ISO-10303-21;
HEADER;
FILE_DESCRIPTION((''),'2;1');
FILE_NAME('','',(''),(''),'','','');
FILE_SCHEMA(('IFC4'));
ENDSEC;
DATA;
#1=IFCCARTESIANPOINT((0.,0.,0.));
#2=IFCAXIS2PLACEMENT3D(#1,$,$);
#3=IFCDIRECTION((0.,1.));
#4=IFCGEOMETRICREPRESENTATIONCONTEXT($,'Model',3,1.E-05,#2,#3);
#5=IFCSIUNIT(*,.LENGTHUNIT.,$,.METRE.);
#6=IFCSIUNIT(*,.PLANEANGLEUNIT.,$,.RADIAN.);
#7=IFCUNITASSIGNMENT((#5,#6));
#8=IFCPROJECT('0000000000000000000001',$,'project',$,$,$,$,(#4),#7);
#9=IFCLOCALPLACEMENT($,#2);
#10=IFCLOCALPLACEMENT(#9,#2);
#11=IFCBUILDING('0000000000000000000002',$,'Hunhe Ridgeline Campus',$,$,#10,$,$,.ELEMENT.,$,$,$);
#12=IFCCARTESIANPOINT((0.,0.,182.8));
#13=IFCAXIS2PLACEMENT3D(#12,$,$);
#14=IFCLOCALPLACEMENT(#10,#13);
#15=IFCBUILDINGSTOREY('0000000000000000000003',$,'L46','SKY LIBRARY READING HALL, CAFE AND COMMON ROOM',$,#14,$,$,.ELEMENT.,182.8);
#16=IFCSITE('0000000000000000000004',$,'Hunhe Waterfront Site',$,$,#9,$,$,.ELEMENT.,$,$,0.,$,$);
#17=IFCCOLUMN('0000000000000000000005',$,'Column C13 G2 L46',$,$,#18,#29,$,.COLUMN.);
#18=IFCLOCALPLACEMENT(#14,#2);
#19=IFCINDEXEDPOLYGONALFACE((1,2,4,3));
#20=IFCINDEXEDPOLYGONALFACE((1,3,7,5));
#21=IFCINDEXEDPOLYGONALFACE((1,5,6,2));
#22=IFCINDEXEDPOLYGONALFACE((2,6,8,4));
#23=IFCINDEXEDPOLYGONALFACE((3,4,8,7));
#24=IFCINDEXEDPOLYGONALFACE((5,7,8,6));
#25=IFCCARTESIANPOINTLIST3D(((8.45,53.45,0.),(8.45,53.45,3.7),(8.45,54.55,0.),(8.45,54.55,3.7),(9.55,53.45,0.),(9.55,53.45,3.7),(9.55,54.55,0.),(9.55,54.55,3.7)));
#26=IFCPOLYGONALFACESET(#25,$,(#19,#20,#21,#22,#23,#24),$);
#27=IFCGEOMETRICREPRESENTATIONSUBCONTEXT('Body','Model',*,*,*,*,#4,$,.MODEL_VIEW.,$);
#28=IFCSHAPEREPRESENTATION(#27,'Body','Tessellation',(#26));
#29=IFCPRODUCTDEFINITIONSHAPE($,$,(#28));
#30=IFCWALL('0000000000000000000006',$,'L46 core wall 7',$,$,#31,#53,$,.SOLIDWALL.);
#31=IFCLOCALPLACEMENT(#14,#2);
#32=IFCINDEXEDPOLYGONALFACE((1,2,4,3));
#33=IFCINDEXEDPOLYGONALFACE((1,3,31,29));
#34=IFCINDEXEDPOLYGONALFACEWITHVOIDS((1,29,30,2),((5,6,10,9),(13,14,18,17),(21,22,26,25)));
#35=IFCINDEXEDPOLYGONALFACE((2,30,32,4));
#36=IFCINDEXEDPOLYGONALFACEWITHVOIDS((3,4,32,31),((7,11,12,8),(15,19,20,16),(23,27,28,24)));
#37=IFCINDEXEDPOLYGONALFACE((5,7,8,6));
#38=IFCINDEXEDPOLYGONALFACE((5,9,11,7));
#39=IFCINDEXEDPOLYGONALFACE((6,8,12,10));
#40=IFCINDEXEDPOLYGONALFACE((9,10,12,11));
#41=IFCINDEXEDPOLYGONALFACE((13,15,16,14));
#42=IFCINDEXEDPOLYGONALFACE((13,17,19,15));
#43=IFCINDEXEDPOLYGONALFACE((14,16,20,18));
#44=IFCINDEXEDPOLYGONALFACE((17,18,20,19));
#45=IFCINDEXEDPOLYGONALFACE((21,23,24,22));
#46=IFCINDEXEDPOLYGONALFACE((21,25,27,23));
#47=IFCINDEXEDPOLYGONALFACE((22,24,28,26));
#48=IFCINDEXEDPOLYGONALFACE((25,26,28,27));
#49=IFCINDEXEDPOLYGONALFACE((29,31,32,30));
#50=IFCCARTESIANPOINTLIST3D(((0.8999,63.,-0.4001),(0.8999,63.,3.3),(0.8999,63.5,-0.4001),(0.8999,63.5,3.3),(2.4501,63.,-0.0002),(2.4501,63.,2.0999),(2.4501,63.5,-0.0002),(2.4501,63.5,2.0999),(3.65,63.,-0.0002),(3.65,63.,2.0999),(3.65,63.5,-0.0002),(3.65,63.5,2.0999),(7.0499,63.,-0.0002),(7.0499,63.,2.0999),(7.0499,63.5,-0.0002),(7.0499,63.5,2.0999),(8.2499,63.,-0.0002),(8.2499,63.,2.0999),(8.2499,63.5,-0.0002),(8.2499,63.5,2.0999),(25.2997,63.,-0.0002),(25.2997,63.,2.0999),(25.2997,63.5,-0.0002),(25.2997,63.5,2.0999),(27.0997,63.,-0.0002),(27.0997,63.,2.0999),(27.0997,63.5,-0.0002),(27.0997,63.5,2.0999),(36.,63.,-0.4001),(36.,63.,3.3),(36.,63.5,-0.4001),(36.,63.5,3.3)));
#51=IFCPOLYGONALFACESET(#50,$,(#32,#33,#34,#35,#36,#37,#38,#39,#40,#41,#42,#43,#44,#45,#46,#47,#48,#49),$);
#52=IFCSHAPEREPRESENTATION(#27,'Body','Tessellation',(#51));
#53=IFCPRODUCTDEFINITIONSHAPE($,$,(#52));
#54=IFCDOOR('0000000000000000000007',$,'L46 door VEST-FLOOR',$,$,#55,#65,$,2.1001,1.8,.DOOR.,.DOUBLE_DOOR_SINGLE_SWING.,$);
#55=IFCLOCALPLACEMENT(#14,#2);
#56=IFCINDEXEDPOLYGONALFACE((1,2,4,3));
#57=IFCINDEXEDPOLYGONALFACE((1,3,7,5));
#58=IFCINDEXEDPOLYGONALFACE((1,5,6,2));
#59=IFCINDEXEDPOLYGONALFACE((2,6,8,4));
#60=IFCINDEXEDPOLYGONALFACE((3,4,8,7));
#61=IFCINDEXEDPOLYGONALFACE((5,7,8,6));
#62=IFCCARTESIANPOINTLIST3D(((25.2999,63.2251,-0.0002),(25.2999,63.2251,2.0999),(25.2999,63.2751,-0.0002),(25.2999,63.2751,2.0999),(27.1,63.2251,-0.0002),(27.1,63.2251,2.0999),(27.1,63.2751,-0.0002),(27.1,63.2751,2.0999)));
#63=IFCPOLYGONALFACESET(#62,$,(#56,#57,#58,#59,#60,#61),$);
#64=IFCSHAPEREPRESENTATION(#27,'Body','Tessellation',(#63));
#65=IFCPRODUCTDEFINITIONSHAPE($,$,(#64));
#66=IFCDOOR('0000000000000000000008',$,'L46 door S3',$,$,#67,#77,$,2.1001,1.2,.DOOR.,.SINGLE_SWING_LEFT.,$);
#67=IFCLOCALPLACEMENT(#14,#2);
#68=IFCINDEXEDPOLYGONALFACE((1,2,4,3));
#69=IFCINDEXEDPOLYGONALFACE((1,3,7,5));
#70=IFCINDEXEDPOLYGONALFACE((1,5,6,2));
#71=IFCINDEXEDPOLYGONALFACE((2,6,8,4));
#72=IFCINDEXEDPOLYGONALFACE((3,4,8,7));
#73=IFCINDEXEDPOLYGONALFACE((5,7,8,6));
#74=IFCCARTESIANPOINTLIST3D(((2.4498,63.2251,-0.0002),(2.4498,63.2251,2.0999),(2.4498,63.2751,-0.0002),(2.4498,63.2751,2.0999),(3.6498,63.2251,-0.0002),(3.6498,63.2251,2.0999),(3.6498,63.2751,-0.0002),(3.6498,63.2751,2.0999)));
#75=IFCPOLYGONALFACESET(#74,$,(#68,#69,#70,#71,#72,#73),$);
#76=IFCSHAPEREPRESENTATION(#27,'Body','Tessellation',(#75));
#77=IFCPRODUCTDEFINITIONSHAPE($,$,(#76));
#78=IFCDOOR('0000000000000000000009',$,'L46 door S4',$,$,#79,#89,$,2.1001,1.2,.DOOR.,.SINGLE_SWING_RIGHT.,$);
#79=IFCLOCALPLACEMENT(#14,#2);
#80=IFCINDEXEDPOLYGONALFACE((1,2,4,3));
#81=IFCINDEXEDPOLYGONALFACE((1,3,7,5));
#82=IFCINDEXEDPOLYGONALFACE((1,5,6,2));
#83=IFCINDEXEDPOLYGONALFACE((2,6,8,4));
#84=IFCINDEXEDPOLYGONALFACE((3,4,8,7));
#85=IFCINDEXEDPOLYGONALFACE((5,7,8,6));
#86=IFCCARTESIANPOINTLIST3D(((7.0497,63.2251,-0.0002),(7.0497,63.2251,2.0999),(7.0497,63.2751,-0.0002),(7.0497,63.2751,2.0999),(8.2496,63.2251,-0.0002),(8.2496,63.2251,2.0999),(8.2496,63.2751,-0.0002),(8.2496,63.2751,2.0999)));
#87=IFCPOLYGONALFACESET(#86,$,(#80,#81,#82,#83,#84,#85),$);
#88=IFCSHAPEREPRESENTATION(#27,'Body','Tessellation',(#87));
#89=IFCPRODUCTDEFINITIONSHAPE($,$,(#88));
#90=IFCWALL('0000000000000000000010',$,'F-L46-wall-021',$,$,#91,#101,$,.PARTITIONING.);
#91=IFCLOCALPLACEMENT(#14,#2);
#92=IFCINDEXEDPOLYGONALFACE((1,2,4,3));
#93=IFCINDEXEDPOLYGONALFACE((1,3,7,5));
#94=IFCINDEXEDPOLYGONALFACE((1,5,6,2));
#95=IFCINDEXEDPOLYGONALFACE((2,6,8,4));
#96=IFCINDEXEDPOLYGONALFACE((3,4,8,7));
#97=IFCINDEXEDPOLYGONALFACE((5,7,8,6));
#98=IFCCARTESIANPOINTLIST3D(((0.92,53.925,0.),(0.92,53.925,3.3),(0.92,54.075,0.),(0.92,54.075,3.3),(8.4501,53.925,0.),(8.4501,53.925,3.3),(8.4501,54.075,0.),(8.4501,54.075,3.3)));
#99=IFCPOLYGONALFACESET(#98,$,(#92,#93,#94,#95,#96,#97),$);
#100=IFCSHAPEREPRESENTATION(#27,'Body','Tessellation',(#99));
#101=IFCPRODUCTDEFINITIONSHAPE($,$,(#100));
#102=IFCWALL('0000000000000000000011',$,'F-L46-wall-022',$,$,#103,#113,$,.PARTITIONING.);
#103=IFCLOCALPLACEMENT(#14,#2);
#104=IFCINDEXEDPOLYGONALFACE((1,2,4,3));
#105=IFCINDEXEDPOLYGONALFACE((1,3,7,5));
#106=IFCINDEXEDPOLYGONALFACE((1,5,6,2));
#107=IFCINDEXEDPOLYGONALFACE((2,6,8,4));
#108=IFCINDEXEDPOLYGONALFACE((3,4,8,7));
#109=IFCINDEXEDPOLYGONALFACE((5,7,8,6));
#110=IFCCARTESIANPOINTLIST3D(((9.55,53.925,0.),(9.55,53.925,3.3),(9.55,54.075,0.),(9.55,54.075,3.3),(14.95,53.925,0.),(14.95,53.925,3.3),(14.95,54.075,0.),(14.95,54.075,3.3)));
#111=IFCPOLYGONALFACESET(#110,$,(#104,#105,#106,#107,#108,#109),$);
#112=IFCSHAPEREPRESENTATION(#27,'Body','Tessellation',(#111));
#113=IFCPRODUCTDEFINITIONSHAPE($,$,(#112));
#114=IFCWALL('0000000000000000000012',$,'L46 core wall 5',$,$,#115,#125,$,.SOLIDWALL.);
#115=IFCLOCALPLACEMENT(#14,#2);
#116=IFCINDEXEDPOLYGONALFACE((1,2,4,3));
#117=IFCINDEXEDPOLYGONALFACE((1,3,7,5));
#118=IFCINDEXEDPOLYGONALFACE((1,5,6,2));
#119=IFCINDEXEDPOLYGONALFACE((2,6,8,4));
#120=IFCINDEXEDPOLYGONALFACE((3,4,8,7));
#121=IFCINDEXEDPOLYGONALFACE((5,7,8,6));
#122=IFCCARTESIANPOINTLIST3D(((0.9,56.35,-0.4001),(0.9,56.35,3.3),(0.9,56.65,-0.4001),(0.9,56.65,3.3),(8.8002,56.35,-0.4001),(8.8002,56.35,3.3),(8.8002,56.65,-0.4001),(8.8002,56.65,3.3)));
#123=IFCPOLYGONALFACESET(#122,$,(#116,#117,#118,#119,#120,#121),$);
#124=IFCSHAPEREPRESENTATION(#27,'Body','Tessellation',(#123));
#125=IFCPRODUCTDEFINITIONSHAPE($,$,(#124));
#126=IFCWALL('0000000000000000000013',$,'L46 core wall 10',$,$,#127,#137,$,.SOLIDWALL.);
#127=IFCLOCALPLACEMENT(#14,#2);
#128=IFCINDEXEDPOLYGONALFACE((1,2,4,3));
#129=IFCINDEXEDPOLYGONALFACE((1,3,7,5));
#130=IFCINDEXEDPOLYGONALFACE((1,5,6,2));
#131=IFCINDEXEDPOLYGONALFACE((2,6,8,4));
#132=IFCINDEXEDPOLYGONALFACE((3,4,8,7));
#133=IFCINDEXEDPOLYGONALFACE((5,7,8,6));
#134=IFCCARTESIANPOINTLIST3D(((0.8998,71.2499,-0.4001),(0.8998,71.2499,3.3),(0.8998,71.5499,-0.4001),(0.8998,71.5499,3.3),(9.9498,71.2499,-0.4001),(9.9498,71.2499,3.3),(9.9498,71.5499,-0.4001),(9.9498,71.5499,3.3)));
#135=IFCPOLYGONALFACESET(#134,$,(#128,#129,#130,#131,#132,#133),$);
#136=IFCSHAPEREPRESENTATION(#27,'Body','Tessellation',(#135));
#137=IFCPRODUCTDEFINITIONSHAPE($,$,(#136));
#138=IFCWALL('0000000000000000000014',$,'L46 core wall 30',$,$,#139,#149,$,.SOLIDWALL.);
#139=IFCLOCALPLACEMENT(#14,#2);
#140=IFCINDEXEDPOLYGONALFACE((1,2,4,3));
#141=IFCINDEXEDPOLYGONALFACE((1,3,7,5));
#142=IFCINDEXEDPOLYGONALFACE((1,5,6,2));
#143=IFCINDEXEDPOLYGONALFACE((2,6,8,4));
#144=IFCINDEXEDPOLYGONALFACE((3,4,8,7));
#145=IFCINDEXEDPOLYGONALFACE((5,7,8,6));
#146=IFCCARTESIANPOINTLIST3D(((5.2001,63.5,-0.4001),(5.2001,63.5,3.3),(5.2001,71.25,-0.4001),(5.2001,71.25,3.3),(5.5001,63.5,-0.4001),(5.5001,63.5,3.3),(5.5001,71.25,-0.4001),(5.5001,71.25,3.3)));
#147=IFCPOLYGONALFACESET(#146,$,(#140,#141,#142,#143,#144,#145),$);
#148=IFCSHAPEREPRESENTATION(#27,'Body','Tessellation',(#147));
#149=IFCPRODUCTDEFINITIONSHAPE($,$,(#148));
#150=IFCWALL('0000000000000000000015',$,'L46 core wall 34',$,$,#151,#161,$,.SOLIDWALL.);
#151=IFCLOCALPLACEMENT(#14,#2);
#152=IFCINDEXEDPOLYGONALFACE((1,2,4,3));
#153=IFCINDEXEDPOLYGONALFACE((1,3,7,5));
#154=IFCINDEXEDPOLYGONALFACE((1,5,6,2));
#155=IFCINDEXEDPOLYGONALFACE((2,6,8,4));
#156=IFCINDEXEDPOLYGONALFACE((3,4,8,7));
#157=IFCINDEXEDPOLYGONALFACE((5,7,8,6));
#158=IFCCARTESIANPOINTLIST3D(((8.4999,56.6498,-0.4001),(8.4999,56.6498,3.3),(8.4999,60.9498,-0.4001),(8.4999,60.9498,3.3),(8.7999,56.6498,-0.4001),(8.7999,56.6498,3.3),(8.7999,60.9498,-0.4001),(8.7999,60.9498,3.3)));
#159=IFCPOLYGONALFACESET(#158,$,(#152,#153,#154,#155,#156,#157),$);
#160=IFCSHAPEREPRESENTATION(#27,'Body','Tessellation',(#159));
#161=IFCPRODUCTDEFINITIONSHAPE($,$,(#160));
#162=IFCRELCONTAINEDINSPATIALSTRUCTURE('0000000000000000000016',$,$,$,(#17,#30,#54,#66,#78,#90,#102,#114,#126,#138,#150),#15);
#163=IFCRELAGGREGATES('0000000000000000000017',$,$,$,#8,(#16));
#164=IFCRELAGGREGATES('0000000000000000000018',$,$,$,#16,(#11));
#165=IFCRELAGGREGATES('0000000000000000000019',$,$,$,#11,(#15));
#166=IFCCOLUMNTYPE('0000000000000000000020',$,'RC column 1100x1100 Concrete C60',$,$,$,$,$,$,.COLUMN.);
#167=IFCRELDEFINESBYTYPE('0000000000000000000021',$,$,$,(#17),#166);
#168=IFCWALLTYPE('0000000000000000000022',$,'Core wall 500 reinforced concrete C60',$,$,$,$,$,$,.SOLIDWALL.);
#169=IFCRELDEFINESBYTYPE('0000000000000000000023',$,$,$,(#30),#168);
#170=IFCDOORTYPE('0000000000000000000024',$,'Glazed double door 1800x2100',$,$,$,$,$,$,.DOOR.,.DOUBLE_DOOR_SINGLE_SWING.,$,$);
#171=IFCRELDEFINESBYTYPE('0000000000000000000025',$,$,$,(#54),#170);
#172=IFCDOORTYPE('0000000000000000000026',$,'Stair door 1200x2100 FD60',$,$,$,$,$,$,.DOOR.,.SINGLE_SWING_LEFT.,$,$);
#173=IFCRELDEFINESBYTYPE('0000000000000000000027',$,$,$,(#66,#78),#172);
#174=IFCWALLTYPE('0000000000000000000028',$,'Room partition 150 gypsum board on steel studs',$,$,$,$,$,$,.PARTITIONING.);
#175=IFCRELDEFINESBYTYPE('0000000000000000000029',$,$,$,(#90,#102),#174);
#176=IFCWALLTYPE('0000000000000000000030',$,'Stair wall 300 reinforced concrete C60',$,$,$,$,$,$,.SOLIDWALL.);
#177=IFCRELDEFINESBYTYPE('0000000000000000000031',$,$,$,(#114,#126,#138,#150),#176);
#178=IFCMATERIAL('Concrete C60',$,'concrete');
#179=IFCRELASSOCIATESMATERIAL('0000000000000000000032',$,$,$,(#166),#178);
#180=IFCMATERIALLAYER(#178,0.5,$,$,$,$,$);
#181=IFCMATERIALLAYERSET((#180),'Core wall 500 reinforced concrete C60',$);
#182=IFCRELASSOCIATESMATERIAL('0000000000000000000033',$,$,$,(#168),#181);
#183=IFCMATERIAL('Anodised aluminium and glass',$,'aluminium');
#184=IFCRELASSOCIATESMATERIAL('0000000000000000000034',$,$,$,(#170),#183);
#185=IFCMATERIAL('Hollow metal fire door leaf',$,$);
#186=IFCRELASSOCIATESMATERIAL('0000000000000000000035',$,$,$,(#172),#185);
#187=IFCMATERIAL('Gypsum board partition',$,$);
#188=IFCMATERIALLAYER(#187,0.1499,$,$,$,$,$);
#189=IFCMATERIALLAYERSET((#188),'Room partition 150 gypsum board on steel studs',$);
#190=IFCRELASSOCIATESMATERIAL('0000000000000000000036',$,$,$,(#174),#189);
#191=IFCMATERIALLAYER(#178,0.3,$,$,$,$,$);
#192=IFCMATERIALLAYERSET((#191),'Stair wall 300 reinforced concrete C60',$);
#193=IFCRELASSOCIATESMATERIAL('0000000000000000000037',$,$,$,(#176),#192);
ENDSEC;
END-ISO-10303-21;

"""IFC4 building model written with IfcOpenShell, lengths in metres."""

from ifc_helpers import new_model, si_unit, direction, frame, frame_2d, origin, origin_2d, place, context, subcontext, project, spatial, rectangle, extrude, material, layer, layer_set, material_profile, profile_set, type_object, element, fill, save


model = new_model("IFC4")

# Units and contexts
model_context = context("Model", 3, precision=1e-05, world=origin(), true_north=direction((0.0, 1.0)))
body_context = subcontext(model_context, "Body", "Model", "MODEL_VIEW")
ifc_project = project(units=[si_unit("LENGTHUNIT", "METRE"), si_unit("PLANEANGLEUNIT", "RADIAN")], contexts=[model_context])

# Site, building, storey
site_placement = place(None, origin())
site = spatial("IfcSite", under=ifc_project, at=site_placement, Name="Hunhe Waterfront Site", CompositionType="ELEMENT", RefElevation=0.0)
building_placement = place(site_placement, origin())
building = spatial("IfcBuilding", under=site, at=building_placement, Name="Hunhe Ridgeline Campus", CompositionType="ELEMENT")
storey_placement = place(building_placement, frame((0.0, 0.0, 182.8)))
storey = spatial("IfcBuildingStorey", under=building, at=storey_placement, Name="L46", Description="SKY LIBRARY READING HALL, CAFE AND COMMON ROOM", CompositionType="ELEMENT", Elevation=182.8)

# Column
ifc_material_1 = material(Name="Concrete C60", Category="concrete")
ifc_material_profile = material_profile(ifc_material_1, rectangle(XDim=1.1001, YDim=1.1001, at=origin_2d()))
ifc_profile_set = profile_set([ifc_material_profile], Name="Concrete C60")
column_type = type_object("IfcColumnType", Name="RC column 1100x1100 Concrete C60", PredefinedType="COLUMN", material=ifc_profile_set)
column_placement = place(storey_placement, frame((9.0, 54.0, 0.0), z_axis=(0.0, 0.0, 1.0), x_axis=(1.0, 0.0, 0.0)))
element("IfcColumn", 1, at=column_placement, inside=storey, type_object=column_type, Name="Column C13 G2 L46", PredefinedType="COLUMN", context=body_context, shape_type="SweptSolid", body=[
    extrude(rectangle(XDim=1.1001, YDim=1.1001, at=origin_2d()), origin(), (0.0, 0.0, 1.0), 3.7),
])

# Wall, openings, doors
ifc_layer_1 = layer(ifc_material_1, 0.5)
ifc_layer_set_1 = layer_set([ifc_layer_1], Name="Core wall 500 reinforced concrete C60")
wall_type_1 = type_object("IfcWallType", Name="Core wall 500 reinforced concrete C60", PredefinedType="SOLIDWALL", material=ifc_layer_set_1)
wall_1_placement = place(storey_placement, frame((0.8999, 63.25, -0.4001), z_axis=(0.0, 0.0, 1.0), x_axis=(1.0, 0.0, 0.0)))
wall_1 = element("IfcWall", 2, at=wall_1_placement, inside=storey, type_object=wall_type_1, Name="L46 core wall 7", PredefinedType="SOLIDWALL", context=body_context, shape_type="SweptSolid", body=[
    extrude(rectangle(XDim=35.1001, YDim=0.5, at=frame_2d((17.55, 0.0))), origin(), (0.0, 0.0, 1.0), 3.7002),
])
opening_1_placement = place(wall_1_placement, frame((24.3999, 0.0, 0.3999)))
opening_1 = element("IfcOpeningElement", 3, at=opening_1_placement, cuts=wall_1, PredefinedType="OPENING", context=body_context, shape_type="SweptSolid", body=[
    extrude(rectangle(XDim=1.8, YDim=2.1001, at=frame_2d((0.8999, 1.05))), frame((0.0, 0.25, 0.0), z_axis=(0.0, -1.0, 0.0), x_axis=(1.0, 0.0, 0.0)), (0.0, 0.0, 1.0), 0.5),
])
opening_2_placement = place(wall_1_placement, frame((1.55, 0.0, 0.3999)))
opening_2 = element("IfcOpeningElement", 4, at=opening_2_placement, cuts=wall_1, PredefinedType="OPENING", context=body_context, shape_type="SweptSolid", body=[
    extrude(rectangle(XDim=1.2, YDim=2.1001, at=frame_2d((0.6001, 1.05))), frame((0.0, 0.25, 0.0), z_axis=(0.0, -1.0, 0.0), x_axis=(1.0, 0.0, 0.0)), (0.0, 0.0, 1.0), 0.5),
])
opening_3_placement = place(wall_1_placement, frame((6.1499, 0.0, 0.3999)))
opening_3 = element("IfcOpeningElement", 5, at=opening_3_placement, cuts=wall_1, PredefinedType="OPENING", context=body_context, shape_type="SweptSolid", body=[
    extrude(rectangle(XDim=1.2, YDim=2.1001, at=frame_2d((0.6001, 1.05))), frame((0.0, 0.25, 0.0), z_axis=(0.0, -1.0, 0.0), x_axis=(1.0, 0.0, 0.0)), (0.0, 0.0, 1.0), 0.5),
])
ifc_material_2 = material(Name="Anodised aluminium and glass", Category="aluminium")
door_type_1 = type_object("IfcDoorType", Name="Glazed double door 1800x2100", OperationType="DOUBLE_DOOR_SINGLE_SWING", PredefinedType="DOOR", material=ifc_material_2)
door_1_placement = place(opening_1_placement, frame((1.8, 0.0, 0.0), z_axis=(0.0, 0.0, 1.0), x_axis=(-1.0, 0.0, 0.0)))
door_1 = element("IfcDoor", 6, at=door_1_placement, inside=storey, type_object=door_type_1, Name="L46 door VEST-FLOOR", OperationType="DOUBLE_DOOR_SINGLE_SWING", OverallHeight=2.1001, OverallWidth=1.8, PredefinedType="DOOR", context=body_context, shape_type="SweptSolid", body=[
    extrude(rectangle(XDim=1.8, YDim=2.1001, at=frame_2d((0.8999, 1.05))), frame((0.0, 0.0249, 0.0), z_axis=(0.0, -1.0, 0.0), x_axis=(1.0, 0.0, 0.0)), (0.0, 0.0, 1.0), 0.05),
])
fill(opening_1, door_1)
ifc_material_3 = material(Name="Hollow metal fire door leaf")
door_type_2 = type_object("IfcDoorType", Name="Stair door 1200x2100 FD60", OperationType="SINGLE_SWING_LEFT", PredefinedType="DOOR", material=ifc_material_3)
door_2_placement = place(opening_2_placement, frame((1.2, 0.0, 0.0), z_axis=(0.0, 0.0, 1.0), x_axis=(-1.0, 0.0, 0.0)))
door_2 = element("IfcDoor", 7, at=door_2_placement, inside=storey, type_object=door_type_2, Name="L46 door S3", OperationType="SINGLE_SWING_LEFT", OverallHeight=2.1001, OverallWidth=1.2, PredefinedType="DOOR", context=body_context, shape_type="SweptSolid", body=[
    extrude(rectangle(XDim=1.2, YDim=2.1001, at=frame_2d((0.6001, 1.05))), frame((0.0, 0.0249, 0.0), z_axis=(0.0, -1.0, 0.0), x_axis=(1.0, 0.0, 0.0)), (0.0, 0.0, 1.0), 0.05),
])
fill(opening_2, door_2)
door_3_placement = place(opening_3_placement, frame((1.2, 0.0, 0.0), z_axis=(0.0, 0.0, 1.0), x_axis=(-1.0, 0.0, 0.0)))
door_3 = element("IfcDoor", 8, at=door_3_placement, inside=storey, type_object=door_type_2, Name="L46 door S4", OperationType="SINGLE_SWING_RIGHT", OverallHeight=2.1001, OverallWidth=1.2, PredefinedType="DOOR", context=body_context, shape_type="SweptSolid", body=[
    extrude(rectangle(XDim=1.2, YDim=2.1001, at=frame_2d((0.6001, 1.05))), frame((0.0, 0.0249, 0.0), z_axis=(0.0, -1.0, 0.0), x_axis=(1.0, 0.0, 0.0)), (0.0, 0.0, 1.0), 0.05),
])
fill(opening_3, door_3)

# Walls
ifc_material_4 = material(Name="Gypsum board partition")
ifc_layer_2 = layer(ifc_material_4, 0.1499)
ifc_layer_set_2 = layer_set([ifc_layer_2], Name="Room partition 150 gypsum board on steel studs")
wall_type_2 = type_object("IfcWallType", Name="Room partition 150 gypsum board on steel studs", PredefinedType="PARTITIONING", material=ifc_layer_set_2)
wall_2_placement = place(storey_placement, frame((0.9199, 54.0, 0.0), z_axis=(0.0, 0.0, 1.0), x_axis=(1.0, 0.0, 0.0)))
element("IfcWall", 9, at=wall_2_placement, inside=storey, type_object=wall_type_2, Name="F-L46-wall-021", PredefinedType="PARTITIONING", context=body_context, shape_type="SweptSolid", body=[
    extrude(rectangle(XDim=7.53, YDim=0.1499, at=frame_2d((3.7651, 0.0))), origin(), (0.0, 0.0, 1.0), 3.3),
])
wall_3_placement = place(storey_placement, frame((9.55, 54.0, 0.0), z_axis=(0.0, 0.0, 1.0), x_axis=(1.0, 0.0, 0.0)))
element("IfcWall", 10, at=wall_3_placement, inside=storey, type_object=wall_type_2, Name="F-L46-wall-022", PredefinedType="PARTITIONING", context=body_context, shape_type="SweptSolid", body=[
    extrude(rectangle(XDim=5.3999, YDim=0.1499, at=frame_2d((2.7, 0.0))), origin(), (0.0, 0.0, 1.0), 3.3),
])
ifc_layer_3 = layer(ifc_material_1, 0.3)
ifc_layer_set_3 = layer_set([ifc_layer_3], Name="Stair wall 300 reinforced concrete C60")
wall_type_3 = type_object("IfcWallType", Name="Stair wall 300 reinforced concrete C60", PredefinedType="SOLIDWALL", material=ifc_layer_set_3)
wall_4_placement = place(storey_placement, frame((0.8999, 56.5, -0.4001), z_axis=(0.0, 0.0, 1.0), x_axis=(1.0, 0.0, 0.0)))
element("IfcWall", 11, at=wall_4_placement, inside=storey, type_object=wall_type_3, Name="L46 core wall 5", PredefinedType="SOLIDWALL", context=body_context, shape_type="SweptSolid", body=[
    extrude(rectangle(XDim=7.9001, YDim=0.3, at=frame_2d((3.9502, 0.0))), origin(), (0.0, 0.0, 1.0), 3.7002),
])

# Walls
wall_5_placement = place(storey_placement, frame((0.8999, 71.3999, -0.4001), z_axis=(0.0, 0.0, 1.0), x_axis=(1.0, 0.0, 0.0)))
element("IfcWall", 12, at=wall_5_placement, inside=storey, type_object=wall_type_3, Name="L46 core wall 10", PredefinedType="SOLIDWALL", context=body_context, shape_type="SweptSolid", body=[
    extrude(rectangle(XDim=9.05, YDim=0.3, at=frame_2d((4.5249, 0.0))), origin(), (0.0, 0.0, 1.0), 3.7002),
])
wall_6_placement = place(storey_placement, frame((5.3501, 63.5, -0.4001), z_axis=(0.0, 0.0, 1.0), x_axis=(0.0, 1.0, 0.0)))
element("IfcWall", 13, at=wall_6_placement, inside=storey, type_object=wall_type_3, Name="L46 core wall 30", PredefinedType="SOLIDWALL", context=body_context, shape_type="SweptSolid", body=[
    extrude(rectangle(XDim=7.75, YDim=0.3, at=frame_2d((3.875, 0.0))), origin(), (0.0, 0.0, 1.0), 3.7002),
])
wall_7_placement = place(storey_placement, frame((8.6499, 56.6499, -0.4001), z_axis=(0.0, 0.0, 1.0), x_axis=(0.0, 1.0, 0.0)))
element("IfcWall", 14, at=wall_7_placement, inside=storey, type_object=wall_type_3, Name="L46 core wall 34", PredefinedType="SOLIDWALL", context=body_context, shape_type="SweptSolid", body=[
    extrude(rectangle(XDim=4.3, YDim=0.3, at=frame_2d((2.1499, 0.0))), origin(), (0.0, 0.0, 1.0), 3.7002),
])

save(model, "model.ifc")
